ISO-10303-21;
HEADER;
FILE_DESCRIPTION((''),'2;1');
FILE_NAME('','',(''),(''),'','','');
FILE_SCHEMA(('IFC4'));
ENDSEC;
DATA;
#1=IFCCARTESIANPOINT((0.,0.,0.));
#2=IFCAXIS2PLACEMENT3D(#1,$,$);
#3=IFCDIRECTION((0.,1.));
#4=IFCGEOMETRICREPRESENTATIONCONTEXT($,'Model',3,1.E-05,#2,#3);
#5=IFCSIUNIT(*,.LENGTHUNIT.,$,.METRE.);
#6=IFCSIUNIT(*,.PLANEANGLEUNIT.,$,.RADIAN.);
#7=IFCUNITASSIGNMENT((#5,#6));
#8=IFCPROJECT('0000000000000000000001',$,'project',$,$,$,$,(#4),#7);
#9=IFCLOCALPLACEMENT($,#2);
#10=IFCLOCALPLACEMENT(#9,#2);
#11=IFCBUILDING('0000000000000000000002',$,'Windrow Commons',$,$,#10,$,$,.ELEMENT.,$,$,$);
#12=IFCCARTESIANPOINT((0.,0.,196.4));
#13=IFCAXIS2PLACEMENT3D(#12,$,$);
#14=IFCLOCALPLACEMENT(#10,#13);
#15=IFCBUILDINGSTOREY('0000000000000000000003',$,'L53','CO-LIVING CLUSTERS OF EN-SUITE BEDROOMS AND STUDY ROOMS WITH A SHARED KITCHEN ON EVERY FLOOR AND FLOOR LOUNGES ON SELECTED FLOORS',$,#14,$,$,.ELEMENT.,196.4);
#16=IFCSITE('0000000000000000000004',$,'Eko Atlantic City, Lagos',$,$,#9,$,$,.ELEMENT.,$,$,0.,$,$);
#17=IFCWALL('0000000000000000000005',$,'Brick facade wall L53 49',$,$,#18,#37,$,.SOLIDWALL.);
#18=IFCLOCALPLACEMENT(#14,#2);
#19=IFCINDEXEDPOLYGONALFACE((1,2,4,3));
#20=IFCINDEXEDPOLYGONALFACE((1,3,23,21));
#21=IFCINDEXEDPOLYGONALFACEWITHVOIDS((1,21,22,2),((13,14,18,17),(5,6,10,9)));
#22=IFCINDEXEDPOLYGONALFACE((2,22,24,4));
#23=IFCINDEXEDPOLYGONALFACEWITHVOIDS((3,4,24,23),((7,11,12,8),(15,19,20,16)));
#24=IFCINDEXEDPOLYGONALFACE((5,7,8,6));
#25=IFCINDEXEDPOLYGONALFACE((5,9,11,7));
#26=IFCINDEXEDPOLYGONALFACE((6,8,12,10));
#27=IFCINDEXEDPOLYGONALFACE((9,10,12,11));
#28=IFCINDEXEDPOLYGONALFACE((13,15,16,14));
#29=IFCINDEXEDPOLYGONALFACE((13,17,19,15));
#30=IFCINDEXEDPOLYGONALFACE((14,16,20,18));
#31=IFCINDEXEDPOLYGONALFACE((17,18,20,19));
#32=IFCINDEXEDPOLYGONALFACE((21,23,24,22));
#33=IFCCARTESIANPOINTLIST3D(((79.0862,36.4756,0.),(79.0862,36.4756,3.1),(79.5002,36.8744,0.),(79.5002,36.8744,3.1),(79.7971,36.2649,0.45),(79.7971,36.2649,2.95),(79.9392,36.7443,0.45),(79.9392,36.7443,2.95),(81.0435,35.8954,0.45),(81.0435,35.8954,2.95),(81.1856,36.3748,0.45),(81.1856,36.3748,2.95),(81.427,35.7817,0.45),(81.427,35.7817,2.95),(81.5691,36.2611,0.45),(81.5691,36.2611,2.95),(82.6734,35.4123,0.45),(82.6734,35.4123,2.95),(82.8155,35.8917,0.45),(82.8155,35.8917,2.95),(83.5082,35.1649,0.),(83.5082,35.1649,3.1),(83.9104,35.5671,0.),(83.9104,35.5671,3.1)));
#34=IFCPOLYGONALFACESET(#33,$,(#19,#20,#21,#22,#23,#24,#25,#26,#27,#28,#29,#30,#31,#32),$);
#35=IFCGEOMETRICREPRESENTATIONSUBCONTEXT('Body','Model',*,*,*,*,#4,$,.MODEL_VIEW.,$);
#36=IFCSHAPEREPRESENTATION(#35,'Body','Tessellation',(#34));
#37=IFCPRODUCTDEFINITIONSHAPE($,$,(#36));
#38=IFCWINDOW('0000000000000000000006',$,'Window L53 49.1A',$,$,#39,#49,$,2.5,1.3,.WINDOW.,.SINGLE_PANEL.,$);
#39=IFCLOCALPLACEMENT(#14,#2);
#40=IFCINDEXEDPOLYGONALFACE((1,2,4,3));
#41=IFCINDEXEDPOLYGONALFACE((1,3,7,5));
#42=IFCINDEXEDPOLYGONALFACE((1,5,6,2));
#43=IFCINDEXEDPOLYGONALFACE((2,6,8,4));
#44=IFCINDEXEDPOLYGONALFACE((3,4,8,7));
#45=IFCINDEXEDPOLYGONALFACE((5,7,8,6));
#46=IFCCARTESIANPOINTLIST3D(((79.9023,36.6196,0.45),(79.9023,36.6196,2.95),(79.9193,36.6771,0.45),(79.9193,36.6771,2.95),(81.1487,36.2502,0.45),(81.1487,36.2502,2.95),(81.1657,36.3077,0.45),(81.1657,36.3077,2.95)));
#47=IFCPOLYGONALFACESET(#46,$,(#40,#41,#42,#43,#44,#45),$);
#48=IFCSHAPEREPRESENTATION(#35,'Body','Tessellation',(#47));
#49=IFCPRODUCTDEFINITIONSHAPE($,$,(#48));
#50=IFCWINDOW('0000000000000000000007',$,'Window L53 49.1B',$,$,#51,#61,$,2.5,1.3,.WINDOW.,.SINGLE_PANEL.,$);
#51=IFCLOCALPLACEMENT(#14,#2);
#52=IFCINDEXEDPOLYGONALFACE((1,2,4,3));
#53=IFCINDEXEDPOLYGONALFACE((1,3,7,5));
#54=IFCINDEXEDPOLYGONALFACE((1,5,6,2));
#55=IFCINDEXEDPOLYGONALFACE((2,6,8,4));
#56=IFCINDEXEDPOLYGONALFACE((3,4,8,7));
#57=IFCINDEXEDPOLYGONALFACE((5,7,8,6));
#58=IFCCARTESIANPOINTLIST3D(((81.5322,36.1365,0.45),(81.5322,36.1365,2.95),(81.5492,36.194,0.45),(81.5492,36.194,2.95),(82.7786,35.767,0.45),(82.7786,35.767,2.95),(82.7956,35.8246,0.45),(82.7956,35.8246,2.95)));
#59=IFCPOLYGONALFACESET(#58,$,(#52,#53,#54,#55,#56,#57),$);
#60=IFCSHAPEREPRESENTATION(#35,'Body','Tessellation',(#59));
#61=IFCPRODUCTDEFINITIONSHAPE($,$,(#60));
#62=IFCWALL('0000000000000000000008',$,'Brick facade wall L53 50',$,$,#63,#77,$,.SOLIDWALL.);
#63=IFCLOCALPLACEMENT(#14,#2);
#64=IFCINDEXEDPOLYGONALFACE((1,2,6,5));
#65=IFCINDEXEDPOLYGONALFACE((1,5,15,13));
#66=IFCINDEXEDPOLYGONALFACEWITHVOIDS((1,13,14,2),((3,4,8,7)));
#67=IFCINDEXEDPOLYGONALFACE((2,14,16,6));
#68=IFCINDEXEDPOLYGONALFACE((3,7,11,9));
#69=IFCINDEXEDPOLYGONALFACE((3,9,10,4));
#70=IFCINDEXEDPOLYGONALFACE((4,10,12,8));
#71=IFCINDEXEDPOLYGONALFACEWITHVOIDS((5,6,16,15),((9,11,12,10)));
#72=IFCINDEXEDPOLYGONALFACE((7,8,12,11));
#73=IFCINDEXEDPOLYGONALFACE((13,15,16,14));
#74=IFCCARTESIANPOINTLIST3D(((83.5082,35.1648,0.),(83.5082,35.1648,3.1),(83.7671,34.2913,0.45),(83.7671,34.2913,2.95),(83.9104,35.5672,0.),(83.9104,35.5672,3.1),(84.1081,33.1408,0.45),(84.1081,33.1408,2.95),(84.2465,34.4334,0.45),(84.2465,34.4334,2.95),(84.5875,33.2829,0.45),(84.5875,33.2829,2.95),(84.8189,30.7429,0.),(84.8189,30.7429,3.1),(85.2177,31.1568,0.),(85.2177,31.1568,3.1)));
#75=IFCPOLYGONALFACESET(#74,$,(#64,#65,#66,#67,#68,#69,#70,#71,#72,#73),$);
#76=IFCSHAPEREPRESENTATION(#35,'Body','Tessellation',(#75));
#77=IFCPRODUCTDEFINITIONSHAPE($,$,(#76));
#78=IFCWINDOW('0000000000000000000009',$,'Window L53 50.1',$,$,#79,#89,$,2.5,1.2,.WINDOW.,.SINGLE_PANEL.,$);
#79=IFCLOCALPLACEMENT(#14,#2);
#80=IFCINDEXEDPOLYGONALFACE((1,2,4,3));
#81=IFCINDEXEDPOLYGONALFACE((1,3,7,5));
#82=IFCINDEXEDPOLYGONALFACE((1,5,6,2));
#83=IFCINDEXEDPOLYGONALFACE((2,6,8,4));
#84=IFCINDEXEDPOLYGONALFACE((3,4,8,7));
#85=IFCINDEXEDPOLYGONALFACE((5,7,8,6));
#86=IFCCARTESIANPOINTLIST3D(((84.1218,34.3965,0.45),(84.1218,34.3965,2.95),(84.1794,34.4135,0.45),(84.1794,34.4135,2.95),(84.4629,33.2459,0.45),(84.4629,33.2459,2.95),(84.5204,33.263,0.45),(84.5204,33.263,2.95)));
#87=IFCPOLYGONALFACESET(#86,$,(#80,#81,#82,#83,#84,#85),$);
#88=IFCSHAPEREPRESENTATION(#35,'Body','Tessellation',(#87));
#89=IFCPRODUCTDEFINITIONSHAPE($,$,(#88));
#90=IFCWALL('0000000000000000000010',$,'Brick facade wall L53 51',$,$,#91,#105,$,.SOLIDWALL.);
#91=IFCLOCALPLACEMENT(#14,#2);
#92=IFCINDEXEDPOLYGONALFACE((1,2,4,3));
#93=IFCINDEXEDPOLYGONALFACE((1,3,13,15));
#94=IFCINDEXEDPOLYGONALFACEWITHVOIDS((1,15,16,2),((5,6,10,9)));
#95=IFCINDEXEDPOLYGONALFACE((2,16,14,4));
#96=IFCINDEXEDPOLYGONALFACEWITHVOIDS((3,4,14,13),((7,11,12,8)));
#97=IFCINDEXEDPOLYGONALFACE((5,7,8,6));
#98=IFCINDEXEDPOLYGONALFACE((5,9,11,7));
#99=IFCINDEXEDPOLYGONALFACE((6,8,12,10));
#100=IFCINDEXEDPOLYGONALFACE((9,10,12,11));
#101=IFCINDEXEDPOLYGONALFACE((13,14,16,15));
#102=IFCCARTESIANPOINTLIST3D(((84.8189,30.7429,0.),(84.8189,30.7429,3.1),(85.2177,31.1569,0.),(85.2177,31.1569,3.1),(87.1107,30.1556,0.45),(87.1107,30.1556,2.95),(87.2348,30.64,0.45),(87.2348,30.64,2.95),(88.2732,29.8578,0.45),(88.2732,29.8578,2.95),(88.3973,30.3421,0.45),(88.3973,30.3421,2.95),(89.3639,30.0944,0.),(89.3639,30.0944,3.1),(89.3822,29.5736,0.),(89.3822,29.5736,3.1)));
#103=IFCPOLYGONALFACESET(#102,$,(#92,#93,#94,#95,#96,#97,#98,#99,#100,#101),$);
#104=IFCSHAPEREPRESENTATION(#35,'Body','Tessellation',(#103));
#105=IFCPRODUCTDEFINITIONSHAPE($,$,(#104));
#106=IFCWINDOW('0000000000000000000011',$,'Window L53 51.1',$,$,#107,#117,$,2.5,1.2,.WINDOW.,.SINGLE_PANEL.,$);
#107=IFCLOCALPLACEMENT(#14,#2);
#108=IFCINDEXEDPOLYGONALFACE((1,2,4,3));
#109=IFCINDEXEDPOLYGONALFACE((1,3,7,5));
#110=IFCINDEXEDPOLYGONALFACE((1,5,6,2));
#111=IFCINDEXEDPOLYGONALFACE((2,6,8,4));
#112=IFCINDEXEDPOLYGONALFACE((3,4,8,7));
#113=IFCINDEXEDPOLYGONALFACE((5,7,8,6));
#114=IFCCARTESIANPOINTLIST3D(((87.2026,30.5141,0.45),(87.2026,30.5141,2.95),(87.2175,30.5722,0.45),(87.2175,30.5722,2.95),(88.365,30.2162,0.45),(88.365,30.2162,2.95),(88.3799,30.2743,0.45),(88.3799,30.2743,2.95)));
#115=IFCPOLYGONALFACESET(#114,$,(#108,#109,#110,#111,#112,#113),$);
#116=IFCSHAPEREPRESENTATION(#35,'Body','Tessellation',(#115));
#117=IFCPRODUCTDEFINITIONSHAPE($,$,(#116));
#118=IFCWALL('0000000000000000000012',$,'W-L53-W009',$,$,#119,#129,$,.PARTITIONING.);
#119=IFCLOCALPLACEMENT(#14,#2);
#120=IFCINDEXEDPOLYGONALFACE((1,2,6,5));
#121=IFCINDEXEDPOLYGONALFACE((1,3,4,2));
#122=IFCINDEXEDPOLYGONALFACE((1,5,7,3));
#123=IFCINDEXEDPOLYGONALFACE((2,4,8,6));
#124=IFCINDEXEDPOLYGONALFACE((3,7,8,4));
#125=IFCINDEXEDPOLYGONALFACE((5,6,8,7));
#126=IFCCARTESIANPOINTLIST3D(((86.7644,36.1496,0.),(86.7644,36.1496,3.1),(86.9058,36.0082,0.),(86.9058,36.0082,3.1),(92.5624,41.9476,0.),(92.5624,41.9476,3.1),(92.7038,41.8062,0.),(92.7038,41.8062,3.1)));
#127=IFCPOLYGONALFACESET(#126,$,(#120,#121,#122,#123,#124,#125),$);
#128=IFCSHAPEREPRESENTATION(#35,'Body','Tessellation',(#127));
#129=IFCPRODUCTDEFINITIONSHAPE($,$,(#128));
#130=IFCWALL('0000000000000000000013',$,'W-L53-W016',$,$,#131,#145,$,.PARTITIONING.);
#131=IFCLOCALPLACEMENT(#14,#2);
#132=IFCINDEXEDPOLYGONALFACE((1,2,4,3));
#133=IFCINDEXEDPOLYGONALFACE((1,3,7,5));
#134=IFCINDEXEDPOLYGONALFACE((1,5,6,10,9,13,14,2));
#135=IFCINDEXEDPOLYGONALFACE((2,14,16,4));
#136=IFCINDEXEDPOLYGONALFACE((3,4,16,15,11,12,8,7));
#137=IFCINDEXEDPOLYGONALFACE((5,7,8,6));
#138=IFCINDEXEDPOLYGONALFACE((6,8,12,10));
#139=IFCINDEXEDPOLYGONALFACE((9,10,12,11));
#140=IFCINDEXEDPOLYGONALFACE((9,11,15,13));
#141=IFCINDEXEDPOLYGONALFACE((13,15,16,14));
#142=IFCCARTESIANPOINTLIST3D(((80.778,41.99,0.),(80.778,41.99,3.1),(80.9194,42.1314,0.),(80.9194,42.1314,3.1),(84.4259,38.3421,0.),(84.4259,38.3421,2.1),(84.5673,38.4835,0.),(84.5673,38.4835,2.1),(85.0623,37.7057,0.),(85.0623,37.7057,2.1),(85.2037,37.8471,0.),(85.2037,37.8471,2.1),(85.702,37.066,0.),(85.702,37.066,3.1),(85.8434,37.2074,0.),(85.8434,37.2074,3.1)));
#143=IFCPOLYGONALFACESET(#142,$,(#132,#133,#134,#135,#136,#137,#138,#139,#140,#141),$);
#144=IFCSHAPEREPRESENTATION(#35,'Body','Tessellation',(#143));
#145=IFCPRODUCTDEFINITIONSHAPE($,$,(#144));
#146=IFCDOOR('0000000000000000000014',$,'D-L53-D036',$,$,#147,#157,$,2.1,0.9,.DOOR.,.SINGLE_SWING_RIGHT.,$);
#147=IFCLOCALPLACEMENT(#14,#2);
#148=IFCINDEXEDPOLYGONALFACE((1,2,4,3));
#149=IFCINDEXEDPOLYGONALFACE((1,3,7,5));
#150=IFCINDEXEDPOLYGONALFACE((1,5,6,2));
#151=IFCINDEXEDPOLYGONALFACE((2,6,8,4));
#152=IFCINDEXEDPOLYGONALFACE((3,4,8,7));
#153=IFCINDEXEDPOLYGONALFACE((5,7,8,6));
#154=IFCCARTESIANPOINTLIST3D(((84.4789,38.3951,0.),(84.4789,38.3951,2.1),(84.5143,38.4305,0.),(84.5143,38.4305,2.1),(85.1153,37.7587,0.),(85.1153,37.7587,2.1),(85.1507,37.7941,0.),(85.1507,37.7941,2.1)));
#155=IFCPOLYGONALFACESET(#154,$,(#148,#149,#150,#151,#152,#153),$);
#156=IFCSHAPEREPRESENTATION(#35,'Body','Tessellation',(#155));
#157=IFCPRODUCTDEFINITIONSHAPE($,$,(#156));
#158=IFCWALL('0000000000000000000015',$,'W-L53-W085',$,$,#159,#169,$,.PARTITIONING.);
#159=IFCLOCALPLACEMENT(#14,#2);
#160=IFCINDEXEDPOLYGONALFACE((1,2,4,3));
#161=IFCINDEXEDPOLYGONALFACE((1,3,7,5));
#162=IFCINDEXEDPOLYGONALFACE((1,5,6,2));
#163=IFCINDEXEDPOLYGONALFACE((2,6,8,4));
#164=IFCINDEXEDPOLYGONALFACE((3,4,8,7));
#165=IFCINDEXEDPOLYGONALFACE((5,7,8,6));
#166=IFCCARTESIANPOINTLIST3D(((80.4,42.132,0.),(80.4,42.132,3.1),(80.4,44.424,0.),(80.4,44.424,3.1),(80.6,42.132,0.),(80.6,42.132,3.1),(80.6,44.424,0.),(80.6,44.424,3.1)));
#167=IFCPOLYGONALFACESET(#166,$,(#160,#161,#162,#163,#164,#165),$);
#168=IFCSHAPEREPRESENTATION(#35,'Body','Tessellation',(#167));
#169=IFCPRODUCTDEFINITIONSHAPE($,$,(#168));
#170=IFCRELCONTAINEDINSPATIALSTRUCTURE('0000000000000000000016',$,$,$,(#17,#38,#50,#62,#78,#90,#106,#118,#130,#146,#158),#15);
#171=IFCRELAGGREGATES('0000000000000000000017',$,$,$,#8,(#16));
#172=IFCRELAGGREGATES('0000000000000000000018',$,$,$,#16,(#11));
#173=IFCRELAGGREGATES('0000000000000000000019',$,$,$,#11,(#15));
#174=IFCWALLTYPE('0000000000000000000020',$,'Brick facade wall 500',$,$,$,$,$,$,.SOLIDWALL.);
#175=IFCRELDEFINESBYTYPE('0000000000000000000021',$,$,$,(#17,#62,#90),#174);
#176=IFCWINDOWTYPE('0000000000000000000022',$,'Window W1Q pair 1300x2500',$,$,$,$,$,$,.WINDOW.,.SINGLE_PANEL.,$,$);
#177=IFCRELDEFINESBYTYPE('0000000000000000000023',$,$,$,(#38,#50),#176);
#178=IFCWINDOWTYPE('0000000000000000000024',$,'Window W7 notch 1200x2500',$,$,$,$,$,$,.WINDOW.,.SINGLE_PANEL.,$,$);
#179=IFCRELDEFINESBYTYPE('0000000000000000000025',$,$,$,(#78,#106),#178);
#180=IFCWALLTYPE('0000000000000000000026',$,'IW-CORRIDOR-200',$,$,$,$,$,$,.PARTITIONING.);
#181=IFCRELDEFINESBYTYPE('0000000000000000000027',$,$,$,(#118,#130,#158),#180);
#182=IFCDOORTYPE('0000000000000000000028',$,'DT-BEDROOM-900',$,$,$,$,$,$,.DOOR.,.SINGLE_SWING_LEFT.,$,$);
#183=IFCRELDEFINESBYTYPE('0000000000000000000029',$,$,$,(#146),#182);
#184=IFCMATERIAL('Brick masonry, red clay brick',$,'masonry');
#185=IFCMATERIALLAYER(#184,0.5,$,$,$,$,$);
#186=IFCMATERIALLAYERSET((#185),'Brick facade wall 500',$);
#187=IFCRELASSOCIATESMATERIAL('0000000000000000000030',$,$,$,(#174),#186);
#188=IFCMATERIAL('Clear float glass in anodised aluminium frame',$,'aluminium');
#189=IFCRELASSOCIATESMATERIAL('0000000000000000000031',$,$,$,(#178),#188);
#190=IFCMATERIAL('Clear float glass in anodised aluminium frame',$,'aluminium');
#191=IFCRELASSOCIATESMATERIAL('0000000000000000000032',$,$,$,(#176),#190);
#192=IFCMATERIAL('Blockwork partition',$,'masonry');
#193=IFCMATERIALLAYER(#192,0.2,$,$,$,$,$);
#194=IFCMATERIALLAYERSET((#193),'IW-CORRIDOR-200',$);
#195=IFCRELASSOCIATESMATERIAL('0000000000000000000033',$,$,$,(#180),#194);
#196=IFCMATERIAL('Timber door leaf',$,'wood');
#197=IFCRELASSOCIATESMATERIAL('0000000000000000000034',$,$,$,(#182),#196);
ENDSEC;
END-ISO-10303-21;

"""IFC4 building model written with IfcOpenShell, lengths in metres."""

from ifc_helpers import new_model, si_unit, direction, frame, frame_2d, origin, place, context, subcontext, project, spatial, polyline, rectangle, outline, extrude, material, layer, layer_set, type_object, element, fill, save


model = new_model("IFC4")

# Units and contexts
model_context = context("Model", 3, precision=1e-05, world=origin(), true_north=direction((0.0, 1.0)))
body_context = subcontext(model_context, "Body", "Model", "MODEL_VIEW")
ifc_project = project(units=[si_unit("LENGTHUNIT", "METRE"), si_unit("PLANEANGLEUNIT", "RADIAN")], contexts=[model_context])

# Site, building, storey
site_placement = place(None, origin())
site = spatial("IfcSite", under=ifc_project, at=site_placement, Name="Eko Atlantic City, Lagos", CompositionType="ELEMENT", RefElevation=0.0)
building_placement = place(site_placement, origin())
building = spatial("IfcBuilding", under=site, at=building_placement, Name="Windrow Commons", CompositionType="ELEMENT")
storey_placement = place(building_placement, frame((0.0, 0.0, 196.4)))
storey = spatial("IfcBuildingStorey", under=building, at=storey_placement, Name="L53", Description="CO-LIVING CLUSTERS OF EN-SUITE BEDROOMS AND STUDY ROOMS WITH A SHARED KITCHEN ON EVERY FLOOR AND FLOOR LOUNGES ON SELECTED FLOORS", CompositionType="ELEMENT", Elevation=196.4)

# Shared definitions
ifc_material_1 = material(Name="Brick masonry, red clay brick", Category="masonry")
ifc_layer_1 = layer(ifc_material_1, 0.5)
ifc_layer_set_1 = layer_set([ifc_layer_1], Name="Brick facade wall 500")
wall_type_1 = type_object("IfcWallType", Name="Brick facade wall 500", PredefinedType="SOLIDWALL", material=ifc_layer_set_1)
ifc_material_2 = material(Name="Clear float glass in anodised aluminium frame", Category="aluminium")
window_type_1 = type_object("IfcWindowType", Name="Window W7 notch 1200x2500", PartitioningType="SINGLE_PANEL", PredefinedType="WINDOW", material=ifc_material_2)

# Wall, openings, windows
wall_1_placement = place(storey_placement, frame((79.2932, 36.675, 0.0), z_axis=(0.0, 0.0, 1.0), x_axis=(0.958767, -0.284193, 0.0)))
wall_1 = element("IfcWall", 1, at=wall_1_placement, inside=storey, type_object=wall_type_1, Name="Brick facade wall L53 49", PredefinedType="SOLIDWALL", context=body_context, shape_type="SweptSolid", body=[
    extrude(outline(polyline([(-0.1418, -0.25), (4.4704, -0.25), (4.7417, 0.25), (0.1418, 0.25), (-0.1418, -0.25)])), origin(), (0.0, 0.0, 1.0), 3.1),
])
opening_1_placement = place(wall_1_placement, frame((0.5997, 0.0, 0.45)))
opening_1 = element("IfcOpeningElement", 2, at=opening_1_placement, cuts=wall_1, PredefinedType="OPENING", context=body_context, shape_type="SweptSolid", body=[
    extrude(rectangle(XDim=1.3, YDim=2.5, at=frame_2d((0.65, 1.25))), frame((0.0, 0.26, 0.0), z_axis=(0.0, -1.0, 0.0), x_axis=(1.0, 0.0, 0.0)), (0.0, 0.0, 1.0), 0.52),
])
opening_2_placement = place(wall_1_placement, frame((2.2997, 0.0, 0.45)))
opening_2 = element("IfcOpeningElement", 3, at=opening_2_placement, cuts=wall_1, PredefinedType="OPENING", context=body_context, shape_type="SweptSolid", body=[
    extrude(rectangle(XDim=1.3, YDim=2.5, at=frame_2d((0.65, 1.25))), frame((0.0, 0.26, 0.0), z_axis=(0.0, -1.0, 0.0), x_axis=(1.0, 0.0, 0.0)), (0.0, 0.0, 1.0), 0.52),
])
ifc_material_3 = material(Name="Clear float glass in anodised aluminium frame", Category="aluminium")
window_type_2 = type_object("IfcWindowType", Name="Window W1Q pair 1300x2500", PartitioningType="SINGLE_PANEL", PredefinedType="WINDOW", material=ifc_material_3)
window_1_placement = place(opening_1_placement, origin())
window_1 = element("IfcWindow", 4, at=window_1_placement, inside=storey, type_object=window_type_2, Name="Window L53 49.1A", OverallHeight=2.5, OverallWidth=1.3, PartitioningType="SINGLE_PANEL", PredefinedType="WINDOW", context=body_context, shape_type="SweptSolid", body=[
    extrude(rectangle(XDim=1.3, YDim=2.5, at=frame_2d((0.65, 1.25))), frame((0.0, 0.18, 0.0), z_axis=(0.0, -1.0, 0.0), x_axis=(1.0, 0.0, 0.0)), (0.0, 0.0, 1.0), 0.06),
])
fill(opening_1, window_1)
window_2_placement = place(opening_2_placement, origin())
window_2 = element("IfcWindow", 5, at=window_2_placement, inside=storey, type_object=window_type_2, Name="Window L53 49.1B", OverallHeight=2.5, OverallWidth=1.3, PartitioningType="SINGLE_PANEL", PredefinedType="WINDOW", context=body_context, shape_type="SweptSolid", body=[
    extrude(rectangle(XDim=1.3, YDim=2.5, at=frame_2d((0.65, 1.25))), frame((0.0, 0.18, 0.0), z_axis=(0.0, -1.0, 0.0), x_axis=(1.0, 0.0, 0.0)), (0.0, 0.0, 1.0), 0.06),
])
fill(opening_2, window_2)

# Walls, openings, windows
wall_2_placement = place(storey_placement, frame((83.7093, 35.366, 0.0), z_axis=(0.0, 0.0, 1.0), x_axis=(0.284193, -0.958767, 0.0)))
wall_2 = element("IfcWall", 6, at=wall_2_placement, inside=storey, type_object=wall_type_1, Name="Brick facade wall L53 50", PredefinedType="SOLIDWALL", context=body_context, shape_type="SweptSolid", body=[
    extrude(outline(polyline([(0.1357, -0.25), (4.7478, -0.25), (4.4643, 0.25), (-0.1357, 0.25), (0.1357, -0.25)])), origin(), (0.0, 0.0, 1.0), 3.1),
])
opening_3_placement = place(wall_2_placement, frame((1.0468, 0.0, 0.45)))
opening_3 = element("IfcOpeningElement", 7, at=opening_3_placement, cuts=wall_2, PredefinedType="OPENING", context=body_context, shape_type="SweptSolid", body=[
    extrude(rectangle(XDim=1.2, YDim=2.5, at=frame_2d((0.6, 1.25))), frame((0.0, 0.26, 0.0), z_axis=(0.0, -1.0, 0.0), x_axis=(1.0, 0.0, 0.0)), (0.0, 0.0, 1.0), 0.52),
])
window_3_placement = place(opening_3_placement, origin())
window_3 = element("IfcWindow", 8, at=window_3_placement, inside=storey, type_object=window_type_1, Name="Window L53 50.1", OverallHeight=2.5, OverallWidth=1.2, PartitioningType="SINGLE_PANEL", PredefinedType="WINDOW", context=body_context, shape_type="SweptSolid", body=[
    extrude(rectangle(XDim=1.2, YDim=2.5, at=frame_2d((0.6, 1.25))), frame((0.0, 0.18, 0.0), z_axis=(0.0, -1.0, 0.0), x_axis=(1.0, 0.0, 0.0)), (0.0, 0.0, 1.0), 0.06),
])
fill(opening_3, window_3)
wall_3_placement = place(storey_placement, frame((85.0183, 30.9499, 0.0), z_axis=(0.0, 0.0, 1.0), x_axis=(0.968702, -0.248226, 0.0)))
wall_3 = element("IfcWall", 9, at=wall_3_placement, inside=storey, type_object=wall_type_1, Name="Brick facade wall L53 51", PredefinedType="SOLIDWALL", context=body_context, shape_type="SweptSolid", body=[
    extrude(outline(polyline([(-0.1418, -0.25), (4.569, -0.25), (4.4219, 0.25), (0.1418, 0.25), (-0.1418, -0.25)])), origin(), (0.0, 0.0, 1.0), 3.1),
])
opening_4_placement = place(wall_3_placement, frame((2.2241, 0.0, 0.45)))
opening_4 = element("IfcOpeningElement", 10, at=opening_4_placement, cuts=wall_3, PredefinedType="OPENING", context=body_context, shape_type="SweptSolid", body=[
    extrude(rectangle(XDim=1.2, YDim=2.5, at=frame_2d((0.6, 1.25))), frame((0.0, 0.26, 0.0), z_axis=(0.0, -1.0, 0.0), x_axis=(1.0, 0.0, 0.0)), (0.0, 0.0, 1.0), 0.52),
])
window_4_placement = place(opening_4_placement, origin())
window_4 = element("IfcWindow", 11, at=window_4_placement, inside=storey, type_object=window_type_1, Name="Window L53 51.1", OverallHeight=2.5, OverallWidth=1.2, PartitioningType="SINGLE_PANEL", PredefinedType="WINDOW", context=body_context, shape_type="SweptSolid", body=[
    extrude(rectangle(XDim=1.2, YDim=2.5, at=frame_2d((0.6, 1.25))), frame((0.0, 0.18, 0.0), z_axis=(0.0, -1.0, 0.0), x_axis=(1.0, 0.0, 0.0)), (0.0, 0.0, 1.0), 0.06),
])
fill(opening_4, window_4)

# Wall
ifc_material_4 = material(Name="Blockwork partition", Category="masonry")
ifc_layer_2 = layer(ifc_material_4, 0.2)
ifc_layer_set_2 = layer_set([ifc_layer_2], Name="IW-CORRIDOR-200")
wall_type_2 = type_object("IfcWallType", Name="IW-CORRIDOR-200", PredefinedType="PARTITIONING", material=ifc_layer_set_2)
wall_4_placement = place(storey_placement, frame((86.8351, 36.0789, 0.0), z_axis=(0.0, 0.0, 1.0), x_axis=(0.707107, 0.707107, 0.0)))
element("IfcWall", 12, at=wall_4_placement, inside=storey, type_object=wall_type_2, Name="W-L53-W009", PredefinedType="PARTITIONING", context=body_context, shape_type="SweptSolid", body=[
    extrude(rectangle(XDim=8.1996, YDim=0.2, at=frame_2d((4.0998, 0.0))), origin(), (0.0, 0.0, 1.0), 3.1),
])

# Wall, opening, door
wall_5_placement = place(storey_placement, frame((80.8487, 42.0607, 0.0), z_axis=(0.0, 0.0, 1.0), x_axis=(0.707107, -0.707107, 0.0)))
wall_5 = element("IfcWall", 13, at=wall_5_placement, inside=storey, type_object=wall_type_2, Name="W-L53-W016", PredefinedType="PARTITIONING", context=body_context, shape_type="SweptSolid", body=[
    extrude(rectangle(XDim=6.9636, YDim=0.2, at=frame_2d((3.4818, 0.0))), origin(), (0.0, 0.0, 1.0), 3.1),
])
opening_5_placement = place(wall_5_placement, frame((5.1589, 0.0, 0.0)))
opening_5 = element("IfcOpeningElement", 14, at=opening_5_placement, cuts=wall_5, PredefinedType="OPENING", context=body_context, shape_type="SweptSolid", body=[
    extrude(rectangle(XDim=0.9, YDim=2.1, at=frame_2d((0.45, 1.05))), frame((0.0, 0.11, 0.0), z_axis=(0.0, -1.0, 0.0), x_axis=(1.0, 0.0, 0.0)), (0.0, 0.0, 1.0), 0.22),
])
ifc_material_5 = material(Name="Timber door leaf", Category="wood")
door_type_1 = type_object("IfcDoorType", Name="DT-BEDROOM-900", OperationType="SINGLE_SWING_LEFT", PredefinedType="DOOR", material=ifc_material_5)
door_1_placement = place(opening_5_placement, origin())
door_1 = element("IfcDoor", 15, at=door_1_placement, inside=storey, type_object=door_type_1, Name="D-L53-D036", OperationType="SINGLE_SWING_RIGHT", OverallHeight=2.1, OverallWidth=0.9, PredefinedType="DOOR", context=body_context, shape_type="SweptSolid", body=[
    extrude(rectangle(XDim=0.9, YDim=2.1, at=frame_2d((0.45, 1.05))), frame((0.0, 0.025, 0.0), z_axis=(0.0, -1.0, 0.0), x_axis=(1.0, 0.0, 0.0)), (0.0, 0.0, 1.0), 0.05),
])
fill(opening_5, door_1)

# Wall
wall_6_placement = place(storey_placement, frame((80.5, 42.132, 0.0), z_axis=(0.0, 0.0, 1.0), x_axis=(0.0, 1.0, 0.0)))
element("IfcWall", 16, at=wall_6_placement, inside=storey, type_object=wall_type_2, Name="W-L53-W085", PredefinedType="PARTITIONING", context=body_context, shape_type="SweptSolid", body=[
    extrude(rectangle(XDim=2.292, YDim=0.2, at=frame_2d((1.146, 0.0))), origin(), (0.0, 0.0, 1.0), 3.1),
])

save(model, "model.ifc")
